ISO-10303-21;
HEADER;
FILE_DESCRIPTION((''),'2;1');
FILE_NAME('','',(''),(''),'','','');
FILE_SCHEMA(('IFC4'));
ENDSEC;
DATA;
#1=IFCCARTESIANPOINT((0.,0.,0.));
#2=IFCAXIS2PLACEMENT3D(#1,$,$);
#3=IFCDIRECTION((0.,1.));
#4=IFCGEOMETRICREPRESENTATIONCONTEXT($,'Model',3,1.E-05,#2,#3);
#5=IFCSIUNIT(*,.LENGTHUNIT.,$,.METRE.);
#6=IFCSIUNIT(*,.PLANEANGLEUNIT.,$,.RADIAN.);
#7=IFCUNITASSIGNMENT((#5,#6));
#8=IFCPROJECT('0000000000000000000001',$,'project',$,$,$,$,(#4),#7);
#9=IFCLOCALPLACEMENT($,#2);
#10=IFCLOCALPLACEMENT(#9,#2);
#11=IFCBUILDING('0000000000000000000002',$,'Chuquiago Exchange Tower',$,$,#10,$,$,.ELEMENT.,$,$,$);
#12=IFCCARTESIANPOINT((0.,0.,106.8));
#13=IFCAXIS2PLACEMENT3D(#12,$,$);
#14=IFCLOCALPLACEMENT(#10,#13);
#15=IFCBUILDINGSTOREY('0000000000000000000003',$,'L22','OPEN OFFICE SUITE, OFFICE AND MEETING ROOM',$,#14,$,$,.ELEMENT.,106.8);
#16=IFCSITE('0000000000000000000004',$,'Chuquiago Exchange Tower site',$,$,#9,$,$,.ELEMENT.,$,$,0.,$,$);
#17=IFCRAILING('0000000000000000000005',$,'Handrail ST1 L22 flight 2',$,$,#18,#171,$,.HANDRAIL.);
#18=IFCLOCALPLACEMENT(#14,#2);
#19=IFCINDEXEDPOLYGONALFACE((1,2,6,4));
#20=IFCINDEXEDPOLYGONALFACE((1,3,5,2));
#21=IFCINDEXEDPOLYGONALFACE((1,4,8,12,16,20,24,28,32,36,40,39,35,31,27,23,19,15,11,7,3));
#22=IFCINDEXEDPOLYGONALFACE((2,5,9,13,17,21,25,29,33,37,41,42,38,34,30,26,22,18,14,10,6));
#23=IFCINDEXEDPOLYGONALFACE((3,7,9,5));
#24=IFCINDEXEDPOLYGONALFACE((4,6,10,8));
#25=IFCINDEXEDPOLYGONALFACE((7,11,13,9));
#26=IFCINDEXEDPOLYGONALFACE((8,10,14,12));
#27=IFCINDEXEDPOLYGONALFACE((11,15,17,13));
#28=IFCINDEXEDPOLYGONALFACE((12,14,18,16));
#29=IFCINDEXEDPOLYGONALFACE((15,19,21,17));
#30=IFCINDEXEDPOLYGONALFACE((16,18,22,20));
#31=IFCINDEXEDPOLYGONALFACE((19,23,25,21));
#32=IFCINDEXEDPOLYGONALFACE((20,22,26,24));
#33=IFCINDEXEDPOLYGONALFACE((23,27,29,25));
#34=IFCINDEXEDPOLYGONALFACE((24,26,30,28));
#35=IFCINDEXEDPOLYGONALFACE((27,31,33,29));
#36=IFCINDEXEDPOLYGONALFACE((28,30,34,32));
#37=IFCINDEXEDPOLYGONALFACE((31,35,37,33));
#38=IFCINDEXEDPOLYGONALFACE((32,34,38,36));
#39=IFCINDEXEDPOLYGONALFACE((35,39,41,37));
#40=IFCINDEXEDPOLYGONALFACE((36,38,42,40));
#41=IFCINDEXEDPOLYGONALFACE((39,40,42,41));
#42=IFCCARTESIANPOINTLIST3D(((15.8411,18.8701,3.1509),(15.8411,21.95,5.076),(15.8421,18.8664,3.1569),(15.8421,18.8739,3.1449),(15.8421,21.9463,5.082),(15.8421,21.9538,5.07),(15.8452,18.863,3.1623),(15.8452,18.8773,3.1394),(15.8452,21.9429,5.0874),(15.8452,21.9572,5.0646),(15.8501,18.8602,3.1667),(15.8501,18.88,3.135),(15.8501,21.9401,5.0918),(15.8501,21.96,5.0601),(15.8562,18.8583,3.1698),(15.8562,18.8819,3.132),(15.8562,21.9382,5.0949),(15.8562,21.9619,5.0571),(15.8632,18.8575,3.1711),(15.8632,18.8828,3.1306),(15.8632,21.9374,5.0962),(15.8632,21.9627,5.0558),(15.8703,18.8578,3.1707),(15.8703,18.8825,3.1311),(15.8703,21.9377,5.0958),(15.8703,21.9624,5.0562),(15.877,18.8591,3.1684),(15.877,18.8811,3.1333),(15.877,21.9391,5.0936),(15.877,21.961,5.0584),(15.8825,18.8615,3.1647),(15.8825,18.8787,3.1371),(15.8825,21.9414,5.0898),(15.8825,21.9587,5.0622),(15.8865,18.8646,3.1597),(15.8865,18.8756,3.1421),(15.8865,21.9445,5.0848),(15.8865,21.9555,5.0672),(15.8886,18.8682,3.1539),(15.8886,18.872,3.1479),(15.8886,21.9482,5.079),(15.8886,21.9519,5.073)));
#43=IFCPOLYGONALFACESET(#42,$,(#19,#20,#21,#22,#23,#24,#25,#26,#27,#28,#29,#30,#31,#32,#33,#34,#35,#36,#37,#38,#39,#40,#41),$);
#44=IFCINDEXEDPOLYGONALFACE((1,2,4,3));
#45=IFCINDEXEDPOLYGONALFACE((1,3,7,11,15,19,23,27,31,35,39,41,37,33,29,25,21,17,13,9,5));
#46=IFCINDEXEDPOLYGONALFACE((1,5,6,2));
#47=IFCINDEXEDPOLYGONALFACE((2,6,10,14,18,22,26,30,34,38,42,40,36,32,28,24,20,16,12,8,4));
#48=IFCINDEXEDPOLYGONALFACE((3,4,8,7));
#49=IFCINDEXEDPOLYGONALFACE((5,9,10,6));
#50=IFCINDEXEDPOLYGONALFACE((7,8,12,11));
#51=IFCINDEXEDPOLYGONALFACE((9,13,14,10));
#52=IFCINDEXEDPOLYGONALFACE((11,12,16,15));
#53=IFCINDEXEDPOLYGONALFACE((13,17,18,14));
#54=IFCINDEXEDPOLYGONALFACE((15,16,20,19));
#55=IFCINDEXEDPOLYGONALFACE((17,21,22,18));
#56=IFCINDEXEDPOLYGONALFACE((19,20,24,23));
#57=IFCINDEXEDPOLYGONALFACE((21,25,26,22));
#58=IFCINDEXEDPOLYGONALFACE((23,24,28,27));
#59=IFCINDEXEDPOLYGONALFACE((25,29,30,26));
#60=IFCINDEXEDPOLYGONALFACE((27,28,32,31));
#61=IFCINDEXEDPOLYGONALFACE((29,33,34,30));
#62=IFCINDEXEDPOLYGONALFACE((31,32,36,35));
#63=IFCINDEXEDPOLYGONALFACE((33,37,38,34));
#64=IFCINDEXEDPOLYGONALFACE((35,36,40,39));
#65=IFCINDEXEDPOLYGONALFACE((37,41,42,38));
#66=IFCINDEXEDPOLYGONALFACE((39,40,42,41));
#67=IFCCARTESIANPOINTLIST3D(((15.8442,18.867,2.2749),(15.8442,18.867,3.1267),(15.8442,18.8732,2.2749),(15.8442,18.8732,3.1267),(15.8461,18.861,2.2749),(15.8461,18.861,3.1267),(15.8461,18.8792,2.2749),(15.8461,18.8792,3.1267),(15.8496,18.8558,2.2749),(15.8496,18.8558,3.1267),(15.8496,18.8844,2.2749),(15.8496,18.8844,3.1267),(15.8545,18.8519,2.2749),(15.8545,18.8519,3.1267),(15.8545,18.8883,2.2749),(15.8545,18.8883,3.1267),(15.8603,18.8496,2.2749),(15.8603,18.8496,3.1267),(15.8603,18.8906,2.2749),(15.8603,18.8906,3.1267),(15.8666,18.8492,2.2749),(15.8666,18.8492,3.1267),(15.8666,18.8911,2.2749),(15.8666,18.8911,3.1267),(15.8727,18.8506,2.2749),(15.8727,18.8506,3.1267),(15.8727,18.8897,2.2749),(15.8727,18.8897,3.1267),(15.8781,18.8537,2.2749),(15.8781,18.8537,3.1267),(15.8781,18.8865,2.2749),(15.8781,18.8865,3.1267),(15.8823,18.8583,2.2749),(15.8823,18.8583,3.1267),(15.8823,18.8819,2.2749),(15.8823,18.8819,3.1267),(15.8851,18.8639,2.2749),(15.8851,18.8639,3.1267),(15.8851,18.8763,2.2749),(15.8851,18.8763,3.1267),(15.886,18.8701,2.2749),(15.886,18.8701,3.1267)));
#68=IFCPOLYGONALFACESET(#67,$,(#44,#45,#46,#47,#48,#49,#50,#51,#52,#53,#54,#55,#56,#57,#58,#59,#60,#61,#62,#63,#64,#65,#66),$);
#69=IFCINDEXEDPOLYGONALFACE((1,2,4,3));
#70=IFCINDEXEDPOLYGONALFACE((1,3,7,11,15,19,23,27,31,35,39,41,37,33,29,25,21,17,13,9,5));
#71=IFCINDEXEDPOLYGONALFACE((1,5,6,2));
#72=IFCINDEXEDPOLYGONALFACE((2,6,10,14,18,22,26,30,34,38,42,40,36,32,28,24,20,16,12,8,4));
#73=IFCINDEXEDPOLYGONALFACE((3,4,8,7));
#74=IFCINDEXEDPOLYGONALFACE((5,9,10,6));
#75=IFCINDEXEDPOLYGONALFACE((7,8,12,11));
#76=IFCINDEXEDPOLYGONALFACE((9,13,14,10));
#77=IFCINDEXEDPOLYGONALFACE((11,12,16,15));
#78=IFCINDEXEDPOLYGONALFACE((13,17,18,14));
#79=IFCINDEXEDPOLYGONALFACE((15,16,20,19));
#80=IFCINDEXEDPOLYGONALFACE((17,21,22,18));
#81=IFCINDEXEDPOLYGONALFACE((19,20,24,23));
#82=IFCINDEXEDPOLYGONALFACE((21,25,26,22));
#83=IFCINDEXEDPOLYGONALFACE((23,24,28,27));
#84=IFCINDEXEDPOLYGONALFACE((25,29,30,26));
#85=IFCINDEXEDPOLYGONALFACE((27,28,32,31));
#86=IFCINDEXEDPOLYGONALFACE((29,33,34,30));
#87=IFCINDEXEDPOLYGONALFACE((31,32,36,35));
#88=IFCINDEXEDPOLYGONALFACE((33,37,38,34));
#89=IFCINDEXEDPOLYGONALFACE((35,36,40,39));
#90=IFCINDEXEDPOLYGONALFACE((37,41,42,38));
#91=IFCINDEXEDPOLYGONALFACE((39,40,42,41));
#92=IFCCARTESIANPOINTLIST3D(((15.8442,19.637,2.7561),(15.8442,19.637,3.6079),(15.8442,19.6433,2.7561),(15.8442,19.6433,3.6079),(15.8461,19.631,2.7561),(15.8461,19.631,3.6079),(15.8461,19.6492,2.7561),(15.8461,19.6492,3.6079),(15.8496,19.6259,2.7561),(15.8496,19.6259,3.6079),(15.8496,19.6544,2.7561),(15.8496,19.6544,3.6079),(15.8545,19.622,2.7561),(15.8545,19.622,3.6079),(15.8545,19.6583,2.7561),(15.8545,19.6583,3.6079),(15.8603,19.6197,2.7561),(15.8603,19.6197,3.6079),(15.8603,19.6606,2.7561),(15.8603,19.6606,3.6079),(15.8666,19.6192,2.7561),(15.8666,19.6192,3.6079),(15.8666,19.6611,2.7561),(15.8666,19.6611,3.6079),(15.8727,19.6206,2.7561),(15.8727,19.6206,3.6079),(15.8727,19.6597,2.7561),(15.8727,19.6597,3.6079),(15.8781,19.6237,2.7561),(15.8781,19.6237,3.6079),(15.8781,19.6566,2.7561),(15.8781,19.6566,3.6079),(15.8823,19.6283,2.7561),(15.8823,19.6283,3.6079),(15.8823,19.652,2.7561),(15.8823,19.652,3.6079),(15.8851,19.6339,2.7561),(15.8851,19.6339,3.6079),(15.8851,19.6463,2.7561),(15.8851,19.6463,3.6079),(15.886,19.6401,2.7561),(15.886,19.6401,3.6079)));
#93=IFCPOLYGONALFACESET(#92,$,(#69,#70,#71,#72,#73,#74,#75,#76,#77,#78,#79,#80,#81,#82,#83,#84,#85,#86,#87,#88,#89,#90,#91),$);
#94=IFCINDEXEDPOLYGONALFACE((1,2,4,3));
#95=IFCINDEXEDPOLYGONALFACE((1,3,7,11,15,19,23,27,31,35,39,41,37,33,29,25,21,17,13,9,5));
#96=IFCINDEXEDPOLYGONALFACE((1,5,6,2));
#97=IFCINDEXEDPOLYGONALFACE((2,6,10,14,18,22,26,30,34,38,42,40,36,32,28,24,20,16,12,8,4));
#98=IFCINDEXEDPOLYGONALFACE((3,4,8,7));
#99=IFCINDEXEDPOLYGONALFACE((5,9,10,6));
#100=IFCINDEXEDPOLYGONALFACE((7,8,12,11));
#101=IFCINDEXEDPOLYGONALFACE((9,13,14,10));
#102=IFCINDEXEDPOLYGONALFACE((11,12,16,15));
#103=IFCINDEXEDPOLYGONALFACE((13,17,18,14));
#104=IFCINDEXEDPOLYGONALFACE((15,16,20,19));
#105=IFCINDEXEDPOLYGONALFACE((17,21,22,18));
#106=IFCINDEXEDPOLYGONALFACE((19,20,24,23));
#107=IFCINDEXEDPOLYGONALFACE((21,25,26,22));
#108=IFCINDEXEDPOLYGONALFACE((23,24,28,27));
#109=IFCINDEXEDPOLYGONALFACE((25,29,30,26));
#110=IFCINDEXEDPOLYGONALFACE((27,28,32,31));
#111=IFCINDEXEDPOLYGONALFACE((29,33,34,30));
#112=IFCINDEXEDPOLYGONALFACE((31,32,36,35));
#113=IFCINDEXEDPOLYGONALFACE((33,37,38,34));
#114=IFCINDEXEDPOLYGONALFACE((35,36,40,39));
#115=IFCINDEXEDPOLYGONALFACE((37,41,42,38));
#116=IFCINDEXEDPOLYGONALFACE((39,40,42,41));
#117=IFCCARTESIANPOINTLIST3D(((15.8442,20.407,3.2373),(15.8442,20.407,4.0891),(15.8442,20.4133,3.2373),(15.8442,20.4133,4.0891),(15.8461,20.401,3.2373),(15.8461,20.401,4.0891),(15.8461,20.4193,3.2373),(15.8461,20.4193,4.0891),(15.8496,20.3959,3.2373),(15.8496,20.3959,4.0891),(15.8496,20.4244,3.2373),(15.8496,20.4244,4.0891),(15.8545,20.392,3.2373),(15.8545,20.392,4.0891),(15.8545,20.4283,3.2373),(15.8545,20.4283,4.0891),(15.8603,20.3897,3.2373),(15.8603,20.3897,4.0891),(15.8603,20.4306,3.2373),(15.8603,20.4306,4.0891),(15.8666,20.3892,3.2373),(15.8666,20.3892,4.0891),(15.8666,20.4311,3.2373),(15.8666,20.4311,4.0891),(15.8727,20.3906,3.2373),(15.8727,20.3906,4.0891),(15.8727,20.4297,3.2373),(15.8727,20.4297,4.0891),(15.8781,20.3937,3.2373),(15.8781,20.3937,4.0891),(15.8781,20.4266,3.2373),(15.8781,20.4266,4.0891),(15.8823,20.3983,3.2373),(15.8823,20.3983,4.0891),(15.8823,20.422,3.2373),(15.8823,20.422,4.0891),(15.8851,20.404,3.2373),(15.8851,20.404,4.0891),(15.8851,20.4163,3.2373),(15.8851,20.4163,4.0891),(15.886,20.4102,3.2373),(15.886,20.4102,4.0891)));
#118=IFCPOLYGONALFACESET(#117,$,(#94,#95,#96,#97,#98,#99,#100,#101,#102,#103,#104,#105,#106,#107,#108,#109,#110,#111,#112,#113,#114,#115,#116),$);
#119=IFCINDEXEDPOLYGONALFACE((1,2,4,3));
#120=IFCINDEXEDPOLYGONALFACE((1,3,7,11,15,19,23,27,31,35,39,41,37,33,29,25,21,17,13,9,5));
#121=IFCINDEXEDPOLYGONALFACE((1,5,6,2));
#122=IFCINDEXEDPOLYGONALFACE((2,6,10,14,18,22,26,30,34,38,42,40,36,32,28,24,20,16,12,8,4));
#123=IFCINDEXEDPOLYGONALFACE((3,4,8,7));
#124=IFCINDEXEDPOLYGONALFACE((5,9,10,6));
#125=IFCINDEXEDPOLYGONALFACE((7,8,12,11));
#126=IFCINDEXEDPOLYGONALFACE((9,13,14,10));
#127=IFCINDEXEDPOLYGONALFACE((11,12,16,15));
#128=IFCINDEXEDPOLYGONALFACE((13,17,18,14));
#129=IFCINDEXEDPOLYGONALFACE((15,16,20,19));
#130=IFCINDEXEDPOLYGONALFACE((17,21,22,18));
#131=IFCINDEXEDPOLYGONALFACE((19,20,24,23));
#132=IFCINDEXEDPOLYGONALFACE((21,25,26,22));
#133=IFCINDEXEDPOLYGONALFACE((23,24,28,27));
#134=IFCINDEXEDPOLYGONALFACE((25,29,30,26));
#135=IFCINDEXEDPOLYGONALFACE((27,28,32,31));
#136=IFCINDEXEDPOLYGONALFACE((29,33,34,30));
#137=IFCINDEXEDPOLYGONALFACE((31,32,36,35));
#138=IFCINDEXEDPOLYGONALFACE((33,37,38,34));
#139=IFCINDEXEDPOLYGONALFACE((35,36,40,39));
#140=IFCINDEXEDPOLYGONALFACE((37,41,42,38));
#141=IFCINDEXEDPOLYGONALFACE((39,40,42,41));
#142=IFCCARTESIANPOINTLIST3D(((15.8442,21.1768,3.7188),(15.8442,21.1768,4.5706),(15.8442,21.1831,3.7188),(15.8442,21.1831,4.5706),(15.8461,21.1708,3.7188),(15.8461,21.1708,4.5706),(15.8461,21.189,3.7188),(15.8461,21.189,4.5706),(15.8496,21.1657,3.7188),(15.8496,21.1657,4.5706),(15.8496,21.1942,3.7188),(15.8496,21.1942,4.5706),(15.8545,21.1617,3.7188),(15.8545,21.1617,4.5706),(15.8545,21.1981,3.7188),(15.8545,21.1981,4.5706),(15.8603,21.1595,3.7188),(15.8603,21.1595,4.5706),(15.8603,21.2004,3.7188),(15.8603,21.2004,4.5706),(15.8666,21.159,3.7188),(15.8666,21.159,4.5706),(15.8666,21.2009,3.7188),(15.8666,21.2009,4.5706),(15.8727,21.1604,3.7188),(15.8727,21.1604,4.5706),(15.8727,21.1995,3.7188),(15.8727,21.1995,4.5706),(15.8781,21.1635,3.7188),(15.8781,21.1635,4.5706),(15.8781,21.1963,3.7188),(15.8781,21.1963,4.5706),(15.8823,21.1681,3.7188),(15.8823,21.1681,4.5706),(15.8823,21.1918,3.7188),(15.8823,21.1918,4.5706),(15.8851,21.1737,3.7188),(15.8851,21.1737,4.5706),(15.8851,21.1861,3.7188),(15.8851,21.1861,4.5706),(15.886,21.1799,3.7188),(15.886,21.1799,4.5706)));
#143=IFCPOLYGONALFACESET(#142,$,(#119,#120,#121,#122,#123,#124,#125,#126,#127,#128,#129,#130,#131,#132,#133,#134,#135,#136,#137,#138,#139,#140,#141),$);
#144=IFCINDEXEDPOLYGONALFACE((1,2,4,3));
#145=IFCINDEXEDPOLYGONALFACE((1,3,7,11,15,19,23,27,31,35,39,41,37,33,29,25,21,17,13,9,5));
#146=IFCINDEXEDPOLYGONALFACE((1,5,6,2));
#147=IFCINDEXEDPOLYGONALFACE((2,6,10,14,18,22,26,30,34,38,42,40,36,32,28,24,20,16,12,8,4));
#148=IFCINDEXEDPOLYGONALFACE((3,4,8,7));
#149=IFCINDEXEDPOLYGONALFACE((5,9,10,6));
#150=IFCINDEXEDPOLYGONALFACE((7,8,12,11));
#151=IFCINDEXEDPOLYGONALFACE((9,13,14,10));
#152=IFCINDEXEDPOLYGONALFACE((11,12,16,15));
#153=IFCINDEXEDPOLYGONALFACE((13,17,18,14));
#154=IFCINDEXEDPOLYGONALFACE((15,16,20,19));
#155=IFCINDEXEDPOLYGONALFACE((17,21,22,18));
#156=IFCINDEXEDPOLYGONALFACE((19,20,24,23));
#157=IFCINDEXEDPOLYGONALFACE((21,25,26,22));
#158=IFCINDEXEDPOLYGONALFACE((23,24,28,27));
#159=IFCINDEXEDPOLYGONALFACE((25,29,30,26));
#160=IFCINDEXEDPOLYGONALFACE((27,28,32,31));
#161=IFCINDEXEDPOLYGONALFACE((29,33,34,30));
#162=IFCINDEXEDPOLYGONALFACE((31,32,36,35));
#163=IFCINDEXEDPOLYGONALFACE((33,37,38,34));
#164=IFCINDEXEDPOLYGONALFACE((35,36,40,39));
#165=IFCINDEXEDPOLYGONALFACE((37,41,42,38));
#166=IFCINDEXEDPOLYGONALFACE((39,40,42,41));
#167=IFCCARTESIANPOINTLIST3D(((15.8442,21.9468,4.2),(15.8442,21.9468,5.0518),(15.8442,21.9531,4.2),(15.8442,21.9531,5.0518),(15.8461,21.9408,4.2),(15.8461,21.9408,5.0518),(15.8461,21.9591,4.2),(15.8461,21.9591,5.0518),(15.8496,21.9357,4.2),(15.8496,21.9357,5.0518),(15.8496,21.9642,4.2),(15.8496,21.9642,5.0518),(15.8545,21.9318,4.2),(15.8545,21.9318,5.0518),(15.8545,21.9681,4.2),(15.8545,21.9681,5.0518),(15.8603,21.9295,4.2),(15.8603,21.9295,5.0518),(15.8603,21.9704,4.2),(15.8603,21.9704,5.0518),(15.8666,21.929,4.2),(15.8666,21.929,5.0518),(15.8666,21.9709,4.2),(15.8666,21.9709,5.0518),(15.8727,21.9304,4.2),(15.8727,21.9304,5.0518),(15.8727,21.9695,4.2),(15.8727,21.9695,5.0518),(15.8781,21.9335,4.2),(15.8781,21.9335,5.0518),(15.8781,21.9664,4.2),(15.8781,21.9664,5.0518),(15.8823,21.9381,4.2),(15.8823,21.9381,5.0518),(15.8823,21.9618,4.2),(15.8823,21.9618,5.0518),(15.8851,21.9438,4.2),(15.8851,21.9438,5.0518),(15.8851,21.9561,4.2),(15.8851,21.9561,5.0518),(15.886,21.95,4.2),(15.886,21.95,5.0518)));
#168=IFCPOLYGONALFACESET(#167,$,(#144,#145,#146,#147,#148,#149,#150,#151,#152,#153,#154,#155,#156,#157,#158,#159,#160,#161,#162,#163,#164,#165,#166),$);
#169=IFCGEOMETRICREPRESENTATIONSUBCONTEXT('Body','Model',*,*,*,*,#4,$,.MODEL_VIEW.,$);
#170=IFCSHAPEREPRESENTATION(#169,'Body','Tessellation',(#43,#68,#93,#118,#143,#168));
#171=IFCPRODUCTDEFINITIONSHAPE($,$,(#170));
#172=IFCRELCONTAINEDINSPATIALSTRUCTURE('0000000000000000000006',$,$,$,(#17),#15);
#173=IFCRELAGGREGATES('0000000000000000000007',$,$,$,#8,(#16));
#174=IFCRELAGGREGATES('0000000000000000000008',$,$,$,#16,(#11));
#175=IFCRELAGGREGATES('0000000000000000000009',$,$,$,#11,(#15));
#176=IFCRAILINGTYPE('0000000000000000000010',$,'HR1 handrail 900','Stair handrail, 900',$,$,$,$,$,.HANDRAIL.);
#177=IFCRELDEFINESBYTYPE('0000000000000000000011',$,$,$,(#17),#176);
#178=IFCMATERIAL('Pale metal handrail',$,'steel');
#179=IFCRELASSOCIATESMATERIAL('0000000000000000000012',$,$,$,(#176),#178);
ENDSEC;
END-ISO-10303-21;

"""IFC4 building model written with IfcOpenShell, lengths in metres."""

from ifc_helpers import new_model, si_unit, direction, frame, origin, origin_2d, place, context, subcontext, project, spatial, circle, extrude, material, type_object, element, save


model = new_model("IFC4")

# Units and contexts
model_context = context("Model", 3, precision=1e-05, world=origin(), true_north=direction((0.0, 1.0)))
body_context = subcontext(model_context, "Body", "Model", "MODEL_VIEW")
ifc_project = project(units=[si_unit("LENGTHUNIT", "METRE"), si_unit("PLANEANGLEUNIT", "RADIAN")], contexts=[model_context])

# Site, building, storey
site_placement = place(None, origin())
site = spatial("IfcSite", under=ifc_project, at=site_placement, Name="Chuquiago Exchange Tower site", CompositionType="ELEMENT", RefElevation=0.0)
building_placement = place(site_placement, origin())
building = spatial("IfcBuilding", under=site, at=building_placement, Name="Chuquiago Exchange Tower", CompositionType="ELEMENT")
storey_placement = place(building_placement, frame((0.0, 0.0, 106.8)))
storey = spatial("IfcBuildingStorey", under=building, at=storey_placement, Name="L22", Description="OPEN OFFICE SUITE, OFFICE AND MEETING ROOM", CompositionType="ELEMENT", Elevation=106.8)

# Railing
ifc_material_1 = material(Name="Pale metal handrail", Category="steel")
railing_type_1 = type_object("IfcRailingType", Name="HR1 handrail 900", Description="Stair handrail, 900", PredefinedType="HANDRAIL", material=ifc_material_1)
railing_1_placement = place(storey_placement, frame((15.865, 18.8701, 2.2749)))
element("IfcRailing", 1, at=railing_1_placement, inside=storey, type_object=railing_type_1, Name="Handrail ST1 L22 flight 2", PredefinedType="HANDRAIL", context=body_context, shape_type="SweptSolid", body=[
    extrude(circle(Radius=0.0239, at=origin_2d()), frame((0.0, 0.0, 0.876), z_axis=(0.0, 0.847979, 0.530029), x_axis=(-1.0, 0.0, 0.0)), (0.0, 0.0, 1.0), 3.6321),
    extrude(circle(Radius=0.021, at=origin_2d()), origin(), (0.0, 0.0, 1.0), 0.8518),
    extrude(circle(Radius=0.021, at=origin_2d()), frame((0.0, 0.77, 0.4812)), (0.0, 0.0, 1.0), 0.8518),
    extrude(circle(Radius=0.021, at=origin_2d()), frame((0.0, 1.54, 0.9624)), (0.0, 0.0, 1.0), 0.8518),
    extrude(circle(Radius=0.021, at=origin_2d()), frame((0.0, 2.3098, 1.4438)), (0.0, 0.0, 1.0), 0.8518),
    extrude(circle(Radius=0.021, at=origin_2d()), frame((0.0, 3.0798, 1.925)), (0.0, 0.0, 1.0), 0.8518),
])

save(model, "model.ifc")
